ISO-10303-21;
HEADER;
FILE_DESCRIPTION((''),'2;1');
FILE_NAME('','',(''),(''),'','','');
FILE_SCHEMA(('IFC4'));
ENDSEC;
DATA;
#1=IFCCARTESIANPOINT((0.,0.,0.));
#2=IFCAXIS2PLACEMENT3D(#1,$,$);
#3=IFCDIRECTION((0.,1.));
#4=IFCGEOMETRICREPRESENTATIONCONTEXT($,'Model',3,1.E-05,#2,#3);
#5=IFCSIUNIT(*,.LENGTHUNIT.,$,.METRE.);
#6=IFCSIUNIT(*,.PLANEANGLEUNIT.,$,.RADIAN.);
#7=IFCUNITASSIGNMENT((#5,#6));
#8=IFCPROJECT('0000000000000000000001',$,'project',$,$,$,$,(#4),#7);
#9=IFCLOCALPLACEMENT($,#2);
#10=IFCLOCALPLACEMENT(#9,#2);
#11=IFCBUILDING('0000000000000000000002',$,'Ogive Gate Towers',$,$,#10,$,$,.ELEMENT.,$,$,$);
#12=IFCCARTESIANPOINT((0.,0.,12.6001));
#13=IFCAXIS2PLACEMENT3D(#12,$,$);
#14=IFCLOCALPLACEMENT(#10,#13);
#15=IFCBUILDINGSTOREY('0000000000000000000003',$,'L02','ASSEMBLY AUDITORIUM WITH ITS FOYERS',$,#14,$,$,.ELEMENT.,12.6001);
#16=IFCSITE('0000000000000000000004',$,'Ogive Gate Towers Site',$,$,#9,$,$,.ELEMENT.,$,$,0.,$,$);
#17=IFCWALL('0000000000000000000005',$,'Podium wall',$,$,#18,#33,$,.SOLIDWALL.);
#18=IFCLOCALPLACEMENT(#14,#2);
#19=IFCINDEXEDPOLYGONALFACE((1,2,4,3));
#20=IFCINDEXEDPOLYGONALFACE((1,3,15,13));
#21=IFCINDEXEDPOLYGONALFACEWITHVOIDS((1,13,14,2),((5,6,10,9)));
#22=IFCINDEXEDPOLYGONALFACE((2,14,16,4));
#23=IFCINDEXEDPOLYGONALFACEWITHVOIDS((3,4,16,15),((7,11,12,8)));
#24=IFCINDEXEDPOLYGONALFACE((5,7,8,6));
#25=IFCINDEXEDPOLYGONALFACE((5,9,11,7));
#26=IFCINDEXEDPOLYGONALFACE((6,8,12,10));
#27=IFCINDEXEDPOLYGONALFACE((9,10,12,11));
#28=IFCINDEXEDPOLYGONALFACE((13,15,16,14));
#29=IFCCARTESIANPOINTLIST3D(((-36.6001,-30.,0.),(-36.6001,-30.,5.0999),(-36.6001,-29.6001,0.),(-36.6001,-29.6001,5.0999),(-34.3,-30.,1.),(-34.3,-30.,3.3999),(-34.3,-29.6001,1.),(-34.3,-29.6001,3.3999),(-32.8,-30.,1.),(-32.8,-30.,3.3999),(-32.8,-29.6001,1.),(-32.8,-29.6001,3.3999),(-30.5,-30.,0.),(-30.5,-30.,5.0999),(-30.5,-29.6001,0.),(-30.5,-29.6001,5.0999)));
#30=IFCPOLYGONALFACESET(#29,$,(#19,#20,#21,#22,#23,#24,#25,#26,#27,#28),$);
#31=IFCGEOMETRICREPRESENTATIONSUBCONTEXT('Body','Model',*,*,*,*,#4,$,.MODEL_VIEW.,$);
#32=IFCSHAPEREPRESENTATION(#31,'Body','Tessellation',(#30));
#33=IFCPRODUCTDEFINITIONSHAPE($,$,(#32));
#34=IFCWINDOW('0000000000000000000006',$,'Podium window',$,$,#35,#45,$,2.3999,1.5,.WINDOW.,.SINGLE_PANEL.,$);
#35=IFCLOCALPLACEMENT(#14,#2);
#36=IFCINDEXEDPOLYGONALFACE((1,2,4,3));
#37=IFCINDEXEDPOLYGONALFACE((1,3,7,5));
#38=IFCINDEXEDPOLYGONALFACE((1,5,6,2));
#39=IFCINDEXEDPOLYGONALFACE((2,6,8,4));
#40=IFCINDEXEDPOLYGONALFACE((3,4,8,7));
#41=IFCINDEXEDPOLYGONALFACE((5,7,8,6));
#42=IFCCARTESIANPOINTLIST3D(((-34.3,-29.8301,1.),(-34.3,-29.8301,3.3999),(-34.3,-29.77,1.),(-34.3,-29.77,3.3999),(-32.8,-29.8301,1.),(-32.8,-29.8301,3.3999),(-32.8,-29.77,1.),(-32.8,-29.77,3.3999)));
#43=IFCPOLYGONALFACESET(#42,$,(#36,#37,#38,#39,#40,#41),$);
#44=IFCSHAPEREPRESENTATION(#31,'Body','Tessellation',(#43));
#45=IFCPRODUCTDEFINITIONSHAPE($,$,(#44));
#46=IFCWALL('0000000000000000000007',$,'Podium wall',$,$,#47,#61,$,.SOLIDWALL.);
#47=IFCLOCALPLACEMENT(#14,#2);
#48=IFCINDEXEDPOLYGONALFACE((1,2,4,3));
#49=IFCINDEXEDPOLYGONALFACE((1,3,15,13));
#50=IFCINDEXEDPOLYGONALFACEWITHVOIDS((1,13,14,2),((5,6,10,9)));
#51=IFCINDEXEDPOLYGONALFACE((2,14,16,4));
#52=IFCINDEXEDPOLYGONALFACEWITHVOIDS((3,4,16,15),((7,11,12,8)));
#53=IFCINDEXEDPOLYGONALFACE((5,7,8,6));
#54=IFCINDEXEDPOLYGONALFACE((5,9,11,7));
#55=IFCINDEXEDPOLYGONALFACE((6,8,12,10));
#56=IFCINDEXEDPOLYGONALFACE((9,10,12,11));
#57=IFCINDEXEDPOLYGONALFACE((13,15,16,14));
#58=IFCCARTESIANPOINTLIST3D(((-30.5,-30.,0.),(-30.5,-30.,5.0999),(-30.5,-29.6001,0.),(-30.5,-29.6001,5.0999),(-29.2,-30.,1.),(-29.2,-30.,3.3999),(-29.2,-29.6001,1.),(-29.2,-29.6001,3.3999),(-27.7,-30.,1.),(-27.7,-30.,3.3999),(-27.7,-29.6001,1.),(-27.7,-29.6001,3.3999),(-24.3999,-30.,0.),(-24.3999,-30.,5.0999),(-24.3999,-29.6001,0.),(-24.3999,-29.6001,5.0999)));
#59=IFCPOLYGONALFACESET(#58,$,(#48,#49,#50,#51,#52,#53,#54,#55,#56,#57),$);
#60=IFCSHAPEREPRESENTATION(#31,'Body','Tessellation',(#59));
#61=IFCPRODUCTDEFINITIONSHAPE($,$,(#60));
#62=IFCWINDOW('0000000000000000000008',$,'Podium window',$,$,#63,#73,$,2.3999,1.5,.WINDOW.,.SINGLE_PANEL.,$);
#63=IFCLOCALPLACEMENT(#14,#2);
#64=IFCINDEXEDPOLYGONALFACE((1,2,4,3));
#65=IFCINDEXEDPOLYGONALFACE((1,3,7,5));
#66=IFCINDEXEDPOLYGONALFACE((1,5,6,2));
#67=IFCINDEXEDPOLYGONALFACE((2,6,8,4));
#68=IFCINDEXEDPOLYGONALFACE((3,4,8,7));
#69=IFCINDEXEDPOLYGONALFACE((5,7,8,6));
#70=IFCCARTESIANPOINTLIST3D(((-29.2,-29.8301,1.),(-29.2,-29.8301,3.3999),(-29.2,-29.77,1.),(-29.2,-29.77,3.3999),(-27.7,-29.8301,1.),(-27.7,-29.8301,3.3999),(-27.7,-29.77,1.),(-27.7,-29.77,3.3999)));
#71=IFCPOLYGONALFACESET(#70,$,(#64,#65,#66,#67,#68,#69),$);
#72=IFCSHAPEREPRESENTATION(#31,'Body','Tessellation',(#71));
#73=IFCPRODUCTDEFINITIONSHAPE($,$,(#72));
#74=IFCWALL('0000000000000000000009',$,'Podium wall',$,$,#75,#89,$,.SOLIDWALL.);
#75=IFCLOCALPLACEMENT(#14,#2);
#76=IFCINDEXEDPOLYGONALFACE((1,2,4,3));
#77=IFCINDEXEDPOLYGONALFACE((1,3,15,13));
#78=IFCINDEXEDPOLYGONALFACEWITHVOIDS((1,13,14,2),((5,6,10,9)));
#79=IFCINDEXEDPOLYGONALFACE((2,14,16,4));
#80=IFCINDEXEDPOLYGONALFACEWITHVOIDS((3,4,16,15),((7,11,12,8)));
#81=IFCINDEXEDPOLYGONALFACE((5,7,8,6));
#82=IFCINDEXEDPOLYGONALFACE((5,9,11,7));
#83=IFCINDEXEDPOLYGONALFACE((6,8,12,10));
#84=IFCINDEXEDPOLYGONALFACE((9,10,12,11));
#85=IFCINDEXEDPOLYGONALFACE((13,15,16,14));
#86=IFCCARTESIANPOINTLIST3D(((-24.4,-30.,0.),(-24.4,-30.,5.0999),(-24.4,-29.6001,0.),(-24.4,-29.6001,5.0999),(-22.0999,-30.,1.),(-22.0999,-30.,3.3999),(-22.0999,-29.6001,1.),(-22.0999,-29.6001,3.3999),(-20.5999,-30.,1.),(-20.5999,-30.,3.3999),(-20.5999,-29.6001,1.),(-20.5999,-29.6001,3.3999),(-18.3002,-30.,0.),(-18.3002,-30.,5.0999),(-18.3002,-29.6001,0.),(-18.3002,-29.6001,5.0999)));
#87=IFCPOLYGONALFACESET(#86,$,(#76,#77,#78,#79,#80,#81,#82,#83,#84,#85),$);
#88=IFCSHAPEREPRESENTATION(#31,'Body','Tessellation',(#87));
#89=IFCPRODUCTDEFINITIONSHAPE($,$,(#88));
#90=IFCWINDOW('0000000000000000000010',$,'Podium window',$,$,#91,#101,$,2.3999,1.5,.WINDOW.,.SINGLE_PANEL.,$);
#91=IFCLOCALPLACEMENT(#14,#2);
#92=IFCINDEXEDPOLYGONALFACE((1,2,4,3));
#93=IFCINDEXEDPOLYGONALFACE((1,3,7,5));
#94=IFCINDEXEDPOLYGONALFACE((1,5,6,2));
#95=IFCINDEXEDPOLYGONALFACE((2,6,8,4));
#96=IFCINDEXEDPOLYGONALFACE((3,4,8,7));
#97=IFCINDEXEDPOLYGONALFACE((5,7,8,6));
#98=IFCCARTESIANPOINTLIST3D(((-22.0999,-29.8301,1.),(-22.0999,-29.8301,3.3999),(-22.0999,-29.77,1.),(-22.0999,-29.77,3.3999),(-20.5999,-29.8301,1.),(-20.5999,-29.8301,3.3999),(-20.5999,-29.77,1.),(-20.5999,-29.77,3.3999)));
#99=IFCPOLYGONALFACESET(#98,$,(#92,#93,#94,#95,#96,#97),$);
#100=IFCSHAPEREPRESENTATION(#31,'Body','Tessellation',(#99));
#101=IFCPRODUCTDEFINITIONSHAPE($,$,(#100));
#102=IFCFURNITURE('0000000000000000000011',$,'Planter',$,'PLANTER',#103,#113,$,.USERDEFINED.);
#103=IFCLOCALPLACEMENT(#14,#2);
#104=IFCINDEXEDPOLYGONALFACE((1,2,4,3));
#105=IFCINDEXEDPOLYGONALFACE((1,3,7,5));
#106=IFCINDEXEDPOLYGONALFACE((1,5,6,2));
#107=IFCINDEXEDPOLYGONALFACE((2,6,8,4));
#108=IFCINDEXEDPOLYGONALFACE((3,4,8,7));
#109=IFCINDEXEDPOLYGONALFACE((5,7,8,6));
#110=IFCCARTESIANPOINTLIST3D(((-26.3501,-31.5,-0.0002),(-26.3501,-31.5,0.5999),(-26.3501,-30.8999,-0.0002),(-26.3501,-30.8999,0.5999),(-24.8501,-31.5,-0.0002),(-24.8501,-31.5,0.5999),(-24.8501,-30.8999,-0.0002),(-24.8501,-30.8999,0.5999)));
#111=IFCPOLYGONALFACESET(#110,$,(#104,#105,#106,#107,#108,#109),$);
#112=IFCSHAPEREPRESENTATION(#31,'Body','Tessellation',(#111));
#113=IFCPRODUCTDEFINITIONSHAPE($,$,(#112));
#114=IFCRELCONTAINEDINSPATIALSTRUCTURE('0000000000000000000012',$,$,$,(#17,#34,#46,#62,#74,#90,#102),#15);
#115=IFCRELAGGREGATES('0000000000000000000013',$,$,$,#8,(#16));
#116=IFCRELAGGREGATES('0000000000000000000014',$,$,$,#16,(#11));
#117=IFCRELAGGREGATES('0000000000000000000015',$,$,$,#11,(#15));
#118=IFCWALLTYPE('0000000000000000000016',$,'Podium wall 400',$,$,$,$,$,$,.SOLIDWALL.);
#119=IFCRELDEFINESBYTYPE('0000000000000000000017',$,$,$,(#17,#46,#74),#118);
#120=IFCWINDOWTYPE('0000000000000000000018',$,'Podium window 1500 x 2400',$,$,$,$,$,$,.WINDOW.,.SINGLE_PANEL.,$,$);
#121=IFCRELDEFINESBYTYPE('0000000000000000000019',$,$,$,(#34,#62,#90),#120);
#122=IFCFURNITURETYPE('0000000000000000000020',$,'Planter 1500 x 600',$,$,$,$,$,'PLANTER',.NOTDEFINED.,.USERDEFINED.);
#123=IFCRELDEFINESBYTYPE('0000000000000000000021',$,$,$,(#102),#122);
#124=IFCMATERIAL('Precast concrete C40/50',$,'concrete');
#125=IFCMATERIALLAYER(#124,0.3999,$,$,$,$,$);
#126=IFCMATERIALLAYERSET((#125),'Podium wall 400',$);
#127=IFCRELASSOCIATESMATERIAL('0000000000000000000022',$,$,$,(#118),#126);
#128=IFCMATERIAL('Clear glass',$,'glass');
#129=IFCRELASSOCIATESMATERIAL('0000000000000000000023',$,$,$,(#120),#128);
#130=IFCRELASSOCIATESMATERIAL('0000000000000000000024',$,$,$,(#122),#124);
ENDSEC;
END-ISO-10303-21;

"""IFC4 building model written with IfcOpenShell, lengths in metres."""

from ifc_helpers import new_model, si_unit, direction, frame, frame_2d, origin, origin_2d, place, context, subcontext, project, spatial, rectangle, extrude, material, layer, layer_set, type_object, element, fill, save


model = new_model("IFC4")

# Units and contexts
model_context = context("Model", 3, precision=1e-05, world=origin(), true_north=direction((0.0, 1.0)))
body_context = subcontext(model_context, "Body", "Model", "MODEL_VIEW")
ifc_project = project(units=[si_unit("LENGTHUNIT", "METRE"), si_unit("PLANEANGLEUNIT", "RADIAN")], contexts=[model_context])

# Site, building, storey
site_placement = place(None, origin())
site = spatial("IfcSite", under=ifc_project, at=site_placement, Name="Ogive Gate Towers Site", CompositionType="ELEMENT", RefElevation=0.0)
building_placement = place(site_placement, origin())
building = spatial("IfcBuilding", under=site, at=building_placement, Name="Ogive Gate Towers", CompositionType="ELEMENT")
storey_placement = place(building_placement, frame((0.0, 0.0, 12.6001)))
storey = spatial("IfcBuildingStorey", under=building, at=storey_placement, Name="L02", Description="ASSEMBLY AUDITORIUM WITH ITS FOYERS", CompositionType="ELEMENT", Elevation=12.6001)

# Shared definitions
ifc_material_1 = material(Name="Precast concrete C40/50", Category="concrete")
ifc_layer = layer(ifc_material_1, 0.3999)
ifc_layer_set = layer_set([ifc_layer], Name="Podium wall 400")
wall_type = type_object("IfcWallType", Name="Podium wall 400", PredefinedType="SOLIDWALL", material=ifc_layer_set)

# Walls, openings, windows
wall_1_placement = place(storey_placement, frame((-36.6001, -29.8, 0.0), z_axis=(0.0, 0.0, 1.0), x_axis=(1.0, 0.0, 0.0)))
wall_1 = element("IfcWall", 1, at=wall_1_placement, inside=storey, type_object=wall_type, Name="Podium wall", PredefinedType="SOLIDWALL", context=body_context, shape_type="SweptSolid", body=[
    extrude(rectangle(XDim=6.1001, YDim=0.3999, at=frame_2d((3.05, 0.0))), origin(), (0.0, 0.0, 1.0), 5.0999),
])
opening_1_placement = place(wall_1_placement, frame((2.3, 0.0, 1.0)))
opening_1 = element("IfcOpeningElement", 2, at=opening_1_placement, cuts=wall_1, PredefinedType="OPENING", context=body_context, shape_type="SweptSolid", body=[
    extrude(rectangle(XDim=1.5, YDim=2.3999, at=frame_2d((0.75, 1.2))), frame((0.0, 0.21, 0.0), z_axis=(0.0, -1.0, 0.0), x_axis=(1.0, 0.0, 0.0)), (0.0, 0.0, 1.0), 0.4199),
])
ifc_material_2 = material(Name="Clear glass", Category="glass")
window_type = type_object("IfcWindowType", Name="Podium window 1500 x 2400", PartitioningType="SINGLE_PANEL", PredefinedType="WINDOW", material=ifc_material_2)
window_1_placement = place(opening_1_placement, origin())
window_1 = element("IfcWindow", 3, at=window_1_placement, inside=storey, type_object=window_type, Name="Podium window", OverallHeight=2.3999, OverallWidth=1.5, PartitioningType="SINGLE_PANEL", PredefinedType="WINDOW", context=body_context, shape_type="SweptSolid", body=[
    extrude(rectangle(XDim=1.5, YDim=2.3999, at=frame_2d((0.75, 1.2))), frame((0.0, 0.03, 0.0), z_axis=(0.0, -1.0, 0.0), x_axis=(1.0, 0.0, 0.0)), (0.0, 0.0, 1.0), 0.0601),
])
fill(opening_1, window_1)
wall_2_placement = place(storey_placement, frame((-30.5, -29.8, 0.0), z_axis=(0.0, 0.0, 1.0), x_axis=(1.0, 0.0, 0.0)))
wall_2 = element("IfcWall", 4, at=wall_2_placement, inside=storey, type_object=wall_type, Name="Podium wall", PredefinedType="SOLIDWALL", context=body_context, shape_type="SweptSolid", body=[
    extrude(rectangle(XDim=6.1001, YDim=0.3999, at=frame_2d((3.05, 0.0))), origin(), (0.0, 0.0, 1.0), 5.0999),
])
opening_2_placement = place(wall_2_placement, frame((1.3, 0.0, 1.0)))
opening_2 = element("IfcOpeningElement", 5, at=opening_2_placement, cuts=wall_2, PredefinedType="OPENING", context=body_context, shape_type="SweptSolid", body=[
    extrude(rectangle(XDim=1.5, YDim=2.3999, at=frame_2d((0.75, 1.2))), frame((0.0, 0.21, 0.0), z_axis=(0.0, -1.0, 0.0), x_axis=(1.0, 0.0, 0.0)), (0.0, 0.0, 1.0), 0.4199),
])
window_2_placement = place(opening_2_placement, origin())
window_2 = element("IfcWindow", 6, at=window_2_placement, inside=storey, type_object=window_type, Name="Podium window", OverallHeight=2.3999, OverallWidth=1.5, PartitioningType="SINGLE_PANEL", PredefinedType="WINDOW", context=body_context, shape_type="SweptSolid", body=[
    extrude(rectangle(XDim=1.5, YDim=2.3999, at=frame_2d((0.75, 1.2))), frame((0.0, 0.03, 0.0), z_axis=(0.0, -1.0, 0.0), x_axis=(1.0, 0.0, 0.0)), (0.0, 0.0, 1.0), 0.0601),
])
fill(opening_2, window_2)
wall_3_placement = place(storey_placement, frame((-24.3999, -29.8, 0.0), z_axis=(0.0, 0.0, 1.0), x_axis=(1.0, 0.0, 0.0)))
wall_3 = element("IfcWall", 7, at=wall_3_placement, inside=storey, type_object=wall_type, Name="Podium wall", PredefinedType="SOLIDWALL", context=body_context, shape_type="SweptSolid", body=[
    extrude(rectangle(XDim=6.0999, YDim=0.3999, at=frame_2d((3.0498, 0.0))), origin(), (0.0, 0.0, 1.0), 5.0999),
])
opening_3_placement = place(wall_3_placement, frame((2.3, 0.0, 1.0)))
opening_3 = element("IfcOpeningElement", 8, at=opening_3_placement, cuts=wall_3, PredefinedType="OPENING", context=body_context, shape_type="SweptSolid", body=[
    extrude(rectangle(XDim=1.5, YDim=2.3999, at=frame_2d((0.75, 1.2))), frame((0.0, 0.21, 0.0), z_axis=(0.0, -1.0, 0.0), x_axis=(1.0, 0.0, 0.0)), (0.0, 0.0, 1.0), 0.4199),
])
window_3_placement = place(opening_3_placement, origin())
window_3 = element("IfcWindow", 9, at=window_3_placement, inside=storey, type_object=window_type, Name="Podium window", OverallHeight=2.3999, OverallWidth=1.5, PartitioningType="SINGLE_PANEL", PredefinedType="WINDOW", context=body_context, shape_type="SweptSolid", body=[
    extrude(rectangle(XDim=1.5, YDim=2.3999, at=frame_2d((0.75, 1.2))), frame((0.0, 0.03, 0.0), z_axis=(0.0, -1.0, 0.0), x_axis=(1.0, 0.0, 0.0)), (0.0, 0.0, 1.0), 0.0601),
])
fill(opening_3, window_3)

# Furniture
furniture_type = type_object("IfcFurnitureType", Name="Planter 1500 x 600", ElementType="PLANTER", AssemblyPlace="NOTDEFINED", PredefinedType="USERDEFINED", material=ifc_material_1)
furniture_placement = place(storey_placement, frame((-25.6001, -31.2, -0.0002), z_axis=(0.0, 0.0, 1.0), x_axis=(1.0, 0.0, 0.0)))
element("IfcFurniture", 10, at=furniture_placement, inside=storey, type_object=furniture_type, Name="Planter", ObjectType="PLANTER", PredefinedType="USERDEFINED", context=body_context, shape_type="SweptSolid", body=[
    extrude(rectangle(XDim=1.5, YDim=0.6001, at=origin_2d()), origin(), (0.0, 0.0, 1.0), 0.6001),
])

save(model, "model.ifc")
